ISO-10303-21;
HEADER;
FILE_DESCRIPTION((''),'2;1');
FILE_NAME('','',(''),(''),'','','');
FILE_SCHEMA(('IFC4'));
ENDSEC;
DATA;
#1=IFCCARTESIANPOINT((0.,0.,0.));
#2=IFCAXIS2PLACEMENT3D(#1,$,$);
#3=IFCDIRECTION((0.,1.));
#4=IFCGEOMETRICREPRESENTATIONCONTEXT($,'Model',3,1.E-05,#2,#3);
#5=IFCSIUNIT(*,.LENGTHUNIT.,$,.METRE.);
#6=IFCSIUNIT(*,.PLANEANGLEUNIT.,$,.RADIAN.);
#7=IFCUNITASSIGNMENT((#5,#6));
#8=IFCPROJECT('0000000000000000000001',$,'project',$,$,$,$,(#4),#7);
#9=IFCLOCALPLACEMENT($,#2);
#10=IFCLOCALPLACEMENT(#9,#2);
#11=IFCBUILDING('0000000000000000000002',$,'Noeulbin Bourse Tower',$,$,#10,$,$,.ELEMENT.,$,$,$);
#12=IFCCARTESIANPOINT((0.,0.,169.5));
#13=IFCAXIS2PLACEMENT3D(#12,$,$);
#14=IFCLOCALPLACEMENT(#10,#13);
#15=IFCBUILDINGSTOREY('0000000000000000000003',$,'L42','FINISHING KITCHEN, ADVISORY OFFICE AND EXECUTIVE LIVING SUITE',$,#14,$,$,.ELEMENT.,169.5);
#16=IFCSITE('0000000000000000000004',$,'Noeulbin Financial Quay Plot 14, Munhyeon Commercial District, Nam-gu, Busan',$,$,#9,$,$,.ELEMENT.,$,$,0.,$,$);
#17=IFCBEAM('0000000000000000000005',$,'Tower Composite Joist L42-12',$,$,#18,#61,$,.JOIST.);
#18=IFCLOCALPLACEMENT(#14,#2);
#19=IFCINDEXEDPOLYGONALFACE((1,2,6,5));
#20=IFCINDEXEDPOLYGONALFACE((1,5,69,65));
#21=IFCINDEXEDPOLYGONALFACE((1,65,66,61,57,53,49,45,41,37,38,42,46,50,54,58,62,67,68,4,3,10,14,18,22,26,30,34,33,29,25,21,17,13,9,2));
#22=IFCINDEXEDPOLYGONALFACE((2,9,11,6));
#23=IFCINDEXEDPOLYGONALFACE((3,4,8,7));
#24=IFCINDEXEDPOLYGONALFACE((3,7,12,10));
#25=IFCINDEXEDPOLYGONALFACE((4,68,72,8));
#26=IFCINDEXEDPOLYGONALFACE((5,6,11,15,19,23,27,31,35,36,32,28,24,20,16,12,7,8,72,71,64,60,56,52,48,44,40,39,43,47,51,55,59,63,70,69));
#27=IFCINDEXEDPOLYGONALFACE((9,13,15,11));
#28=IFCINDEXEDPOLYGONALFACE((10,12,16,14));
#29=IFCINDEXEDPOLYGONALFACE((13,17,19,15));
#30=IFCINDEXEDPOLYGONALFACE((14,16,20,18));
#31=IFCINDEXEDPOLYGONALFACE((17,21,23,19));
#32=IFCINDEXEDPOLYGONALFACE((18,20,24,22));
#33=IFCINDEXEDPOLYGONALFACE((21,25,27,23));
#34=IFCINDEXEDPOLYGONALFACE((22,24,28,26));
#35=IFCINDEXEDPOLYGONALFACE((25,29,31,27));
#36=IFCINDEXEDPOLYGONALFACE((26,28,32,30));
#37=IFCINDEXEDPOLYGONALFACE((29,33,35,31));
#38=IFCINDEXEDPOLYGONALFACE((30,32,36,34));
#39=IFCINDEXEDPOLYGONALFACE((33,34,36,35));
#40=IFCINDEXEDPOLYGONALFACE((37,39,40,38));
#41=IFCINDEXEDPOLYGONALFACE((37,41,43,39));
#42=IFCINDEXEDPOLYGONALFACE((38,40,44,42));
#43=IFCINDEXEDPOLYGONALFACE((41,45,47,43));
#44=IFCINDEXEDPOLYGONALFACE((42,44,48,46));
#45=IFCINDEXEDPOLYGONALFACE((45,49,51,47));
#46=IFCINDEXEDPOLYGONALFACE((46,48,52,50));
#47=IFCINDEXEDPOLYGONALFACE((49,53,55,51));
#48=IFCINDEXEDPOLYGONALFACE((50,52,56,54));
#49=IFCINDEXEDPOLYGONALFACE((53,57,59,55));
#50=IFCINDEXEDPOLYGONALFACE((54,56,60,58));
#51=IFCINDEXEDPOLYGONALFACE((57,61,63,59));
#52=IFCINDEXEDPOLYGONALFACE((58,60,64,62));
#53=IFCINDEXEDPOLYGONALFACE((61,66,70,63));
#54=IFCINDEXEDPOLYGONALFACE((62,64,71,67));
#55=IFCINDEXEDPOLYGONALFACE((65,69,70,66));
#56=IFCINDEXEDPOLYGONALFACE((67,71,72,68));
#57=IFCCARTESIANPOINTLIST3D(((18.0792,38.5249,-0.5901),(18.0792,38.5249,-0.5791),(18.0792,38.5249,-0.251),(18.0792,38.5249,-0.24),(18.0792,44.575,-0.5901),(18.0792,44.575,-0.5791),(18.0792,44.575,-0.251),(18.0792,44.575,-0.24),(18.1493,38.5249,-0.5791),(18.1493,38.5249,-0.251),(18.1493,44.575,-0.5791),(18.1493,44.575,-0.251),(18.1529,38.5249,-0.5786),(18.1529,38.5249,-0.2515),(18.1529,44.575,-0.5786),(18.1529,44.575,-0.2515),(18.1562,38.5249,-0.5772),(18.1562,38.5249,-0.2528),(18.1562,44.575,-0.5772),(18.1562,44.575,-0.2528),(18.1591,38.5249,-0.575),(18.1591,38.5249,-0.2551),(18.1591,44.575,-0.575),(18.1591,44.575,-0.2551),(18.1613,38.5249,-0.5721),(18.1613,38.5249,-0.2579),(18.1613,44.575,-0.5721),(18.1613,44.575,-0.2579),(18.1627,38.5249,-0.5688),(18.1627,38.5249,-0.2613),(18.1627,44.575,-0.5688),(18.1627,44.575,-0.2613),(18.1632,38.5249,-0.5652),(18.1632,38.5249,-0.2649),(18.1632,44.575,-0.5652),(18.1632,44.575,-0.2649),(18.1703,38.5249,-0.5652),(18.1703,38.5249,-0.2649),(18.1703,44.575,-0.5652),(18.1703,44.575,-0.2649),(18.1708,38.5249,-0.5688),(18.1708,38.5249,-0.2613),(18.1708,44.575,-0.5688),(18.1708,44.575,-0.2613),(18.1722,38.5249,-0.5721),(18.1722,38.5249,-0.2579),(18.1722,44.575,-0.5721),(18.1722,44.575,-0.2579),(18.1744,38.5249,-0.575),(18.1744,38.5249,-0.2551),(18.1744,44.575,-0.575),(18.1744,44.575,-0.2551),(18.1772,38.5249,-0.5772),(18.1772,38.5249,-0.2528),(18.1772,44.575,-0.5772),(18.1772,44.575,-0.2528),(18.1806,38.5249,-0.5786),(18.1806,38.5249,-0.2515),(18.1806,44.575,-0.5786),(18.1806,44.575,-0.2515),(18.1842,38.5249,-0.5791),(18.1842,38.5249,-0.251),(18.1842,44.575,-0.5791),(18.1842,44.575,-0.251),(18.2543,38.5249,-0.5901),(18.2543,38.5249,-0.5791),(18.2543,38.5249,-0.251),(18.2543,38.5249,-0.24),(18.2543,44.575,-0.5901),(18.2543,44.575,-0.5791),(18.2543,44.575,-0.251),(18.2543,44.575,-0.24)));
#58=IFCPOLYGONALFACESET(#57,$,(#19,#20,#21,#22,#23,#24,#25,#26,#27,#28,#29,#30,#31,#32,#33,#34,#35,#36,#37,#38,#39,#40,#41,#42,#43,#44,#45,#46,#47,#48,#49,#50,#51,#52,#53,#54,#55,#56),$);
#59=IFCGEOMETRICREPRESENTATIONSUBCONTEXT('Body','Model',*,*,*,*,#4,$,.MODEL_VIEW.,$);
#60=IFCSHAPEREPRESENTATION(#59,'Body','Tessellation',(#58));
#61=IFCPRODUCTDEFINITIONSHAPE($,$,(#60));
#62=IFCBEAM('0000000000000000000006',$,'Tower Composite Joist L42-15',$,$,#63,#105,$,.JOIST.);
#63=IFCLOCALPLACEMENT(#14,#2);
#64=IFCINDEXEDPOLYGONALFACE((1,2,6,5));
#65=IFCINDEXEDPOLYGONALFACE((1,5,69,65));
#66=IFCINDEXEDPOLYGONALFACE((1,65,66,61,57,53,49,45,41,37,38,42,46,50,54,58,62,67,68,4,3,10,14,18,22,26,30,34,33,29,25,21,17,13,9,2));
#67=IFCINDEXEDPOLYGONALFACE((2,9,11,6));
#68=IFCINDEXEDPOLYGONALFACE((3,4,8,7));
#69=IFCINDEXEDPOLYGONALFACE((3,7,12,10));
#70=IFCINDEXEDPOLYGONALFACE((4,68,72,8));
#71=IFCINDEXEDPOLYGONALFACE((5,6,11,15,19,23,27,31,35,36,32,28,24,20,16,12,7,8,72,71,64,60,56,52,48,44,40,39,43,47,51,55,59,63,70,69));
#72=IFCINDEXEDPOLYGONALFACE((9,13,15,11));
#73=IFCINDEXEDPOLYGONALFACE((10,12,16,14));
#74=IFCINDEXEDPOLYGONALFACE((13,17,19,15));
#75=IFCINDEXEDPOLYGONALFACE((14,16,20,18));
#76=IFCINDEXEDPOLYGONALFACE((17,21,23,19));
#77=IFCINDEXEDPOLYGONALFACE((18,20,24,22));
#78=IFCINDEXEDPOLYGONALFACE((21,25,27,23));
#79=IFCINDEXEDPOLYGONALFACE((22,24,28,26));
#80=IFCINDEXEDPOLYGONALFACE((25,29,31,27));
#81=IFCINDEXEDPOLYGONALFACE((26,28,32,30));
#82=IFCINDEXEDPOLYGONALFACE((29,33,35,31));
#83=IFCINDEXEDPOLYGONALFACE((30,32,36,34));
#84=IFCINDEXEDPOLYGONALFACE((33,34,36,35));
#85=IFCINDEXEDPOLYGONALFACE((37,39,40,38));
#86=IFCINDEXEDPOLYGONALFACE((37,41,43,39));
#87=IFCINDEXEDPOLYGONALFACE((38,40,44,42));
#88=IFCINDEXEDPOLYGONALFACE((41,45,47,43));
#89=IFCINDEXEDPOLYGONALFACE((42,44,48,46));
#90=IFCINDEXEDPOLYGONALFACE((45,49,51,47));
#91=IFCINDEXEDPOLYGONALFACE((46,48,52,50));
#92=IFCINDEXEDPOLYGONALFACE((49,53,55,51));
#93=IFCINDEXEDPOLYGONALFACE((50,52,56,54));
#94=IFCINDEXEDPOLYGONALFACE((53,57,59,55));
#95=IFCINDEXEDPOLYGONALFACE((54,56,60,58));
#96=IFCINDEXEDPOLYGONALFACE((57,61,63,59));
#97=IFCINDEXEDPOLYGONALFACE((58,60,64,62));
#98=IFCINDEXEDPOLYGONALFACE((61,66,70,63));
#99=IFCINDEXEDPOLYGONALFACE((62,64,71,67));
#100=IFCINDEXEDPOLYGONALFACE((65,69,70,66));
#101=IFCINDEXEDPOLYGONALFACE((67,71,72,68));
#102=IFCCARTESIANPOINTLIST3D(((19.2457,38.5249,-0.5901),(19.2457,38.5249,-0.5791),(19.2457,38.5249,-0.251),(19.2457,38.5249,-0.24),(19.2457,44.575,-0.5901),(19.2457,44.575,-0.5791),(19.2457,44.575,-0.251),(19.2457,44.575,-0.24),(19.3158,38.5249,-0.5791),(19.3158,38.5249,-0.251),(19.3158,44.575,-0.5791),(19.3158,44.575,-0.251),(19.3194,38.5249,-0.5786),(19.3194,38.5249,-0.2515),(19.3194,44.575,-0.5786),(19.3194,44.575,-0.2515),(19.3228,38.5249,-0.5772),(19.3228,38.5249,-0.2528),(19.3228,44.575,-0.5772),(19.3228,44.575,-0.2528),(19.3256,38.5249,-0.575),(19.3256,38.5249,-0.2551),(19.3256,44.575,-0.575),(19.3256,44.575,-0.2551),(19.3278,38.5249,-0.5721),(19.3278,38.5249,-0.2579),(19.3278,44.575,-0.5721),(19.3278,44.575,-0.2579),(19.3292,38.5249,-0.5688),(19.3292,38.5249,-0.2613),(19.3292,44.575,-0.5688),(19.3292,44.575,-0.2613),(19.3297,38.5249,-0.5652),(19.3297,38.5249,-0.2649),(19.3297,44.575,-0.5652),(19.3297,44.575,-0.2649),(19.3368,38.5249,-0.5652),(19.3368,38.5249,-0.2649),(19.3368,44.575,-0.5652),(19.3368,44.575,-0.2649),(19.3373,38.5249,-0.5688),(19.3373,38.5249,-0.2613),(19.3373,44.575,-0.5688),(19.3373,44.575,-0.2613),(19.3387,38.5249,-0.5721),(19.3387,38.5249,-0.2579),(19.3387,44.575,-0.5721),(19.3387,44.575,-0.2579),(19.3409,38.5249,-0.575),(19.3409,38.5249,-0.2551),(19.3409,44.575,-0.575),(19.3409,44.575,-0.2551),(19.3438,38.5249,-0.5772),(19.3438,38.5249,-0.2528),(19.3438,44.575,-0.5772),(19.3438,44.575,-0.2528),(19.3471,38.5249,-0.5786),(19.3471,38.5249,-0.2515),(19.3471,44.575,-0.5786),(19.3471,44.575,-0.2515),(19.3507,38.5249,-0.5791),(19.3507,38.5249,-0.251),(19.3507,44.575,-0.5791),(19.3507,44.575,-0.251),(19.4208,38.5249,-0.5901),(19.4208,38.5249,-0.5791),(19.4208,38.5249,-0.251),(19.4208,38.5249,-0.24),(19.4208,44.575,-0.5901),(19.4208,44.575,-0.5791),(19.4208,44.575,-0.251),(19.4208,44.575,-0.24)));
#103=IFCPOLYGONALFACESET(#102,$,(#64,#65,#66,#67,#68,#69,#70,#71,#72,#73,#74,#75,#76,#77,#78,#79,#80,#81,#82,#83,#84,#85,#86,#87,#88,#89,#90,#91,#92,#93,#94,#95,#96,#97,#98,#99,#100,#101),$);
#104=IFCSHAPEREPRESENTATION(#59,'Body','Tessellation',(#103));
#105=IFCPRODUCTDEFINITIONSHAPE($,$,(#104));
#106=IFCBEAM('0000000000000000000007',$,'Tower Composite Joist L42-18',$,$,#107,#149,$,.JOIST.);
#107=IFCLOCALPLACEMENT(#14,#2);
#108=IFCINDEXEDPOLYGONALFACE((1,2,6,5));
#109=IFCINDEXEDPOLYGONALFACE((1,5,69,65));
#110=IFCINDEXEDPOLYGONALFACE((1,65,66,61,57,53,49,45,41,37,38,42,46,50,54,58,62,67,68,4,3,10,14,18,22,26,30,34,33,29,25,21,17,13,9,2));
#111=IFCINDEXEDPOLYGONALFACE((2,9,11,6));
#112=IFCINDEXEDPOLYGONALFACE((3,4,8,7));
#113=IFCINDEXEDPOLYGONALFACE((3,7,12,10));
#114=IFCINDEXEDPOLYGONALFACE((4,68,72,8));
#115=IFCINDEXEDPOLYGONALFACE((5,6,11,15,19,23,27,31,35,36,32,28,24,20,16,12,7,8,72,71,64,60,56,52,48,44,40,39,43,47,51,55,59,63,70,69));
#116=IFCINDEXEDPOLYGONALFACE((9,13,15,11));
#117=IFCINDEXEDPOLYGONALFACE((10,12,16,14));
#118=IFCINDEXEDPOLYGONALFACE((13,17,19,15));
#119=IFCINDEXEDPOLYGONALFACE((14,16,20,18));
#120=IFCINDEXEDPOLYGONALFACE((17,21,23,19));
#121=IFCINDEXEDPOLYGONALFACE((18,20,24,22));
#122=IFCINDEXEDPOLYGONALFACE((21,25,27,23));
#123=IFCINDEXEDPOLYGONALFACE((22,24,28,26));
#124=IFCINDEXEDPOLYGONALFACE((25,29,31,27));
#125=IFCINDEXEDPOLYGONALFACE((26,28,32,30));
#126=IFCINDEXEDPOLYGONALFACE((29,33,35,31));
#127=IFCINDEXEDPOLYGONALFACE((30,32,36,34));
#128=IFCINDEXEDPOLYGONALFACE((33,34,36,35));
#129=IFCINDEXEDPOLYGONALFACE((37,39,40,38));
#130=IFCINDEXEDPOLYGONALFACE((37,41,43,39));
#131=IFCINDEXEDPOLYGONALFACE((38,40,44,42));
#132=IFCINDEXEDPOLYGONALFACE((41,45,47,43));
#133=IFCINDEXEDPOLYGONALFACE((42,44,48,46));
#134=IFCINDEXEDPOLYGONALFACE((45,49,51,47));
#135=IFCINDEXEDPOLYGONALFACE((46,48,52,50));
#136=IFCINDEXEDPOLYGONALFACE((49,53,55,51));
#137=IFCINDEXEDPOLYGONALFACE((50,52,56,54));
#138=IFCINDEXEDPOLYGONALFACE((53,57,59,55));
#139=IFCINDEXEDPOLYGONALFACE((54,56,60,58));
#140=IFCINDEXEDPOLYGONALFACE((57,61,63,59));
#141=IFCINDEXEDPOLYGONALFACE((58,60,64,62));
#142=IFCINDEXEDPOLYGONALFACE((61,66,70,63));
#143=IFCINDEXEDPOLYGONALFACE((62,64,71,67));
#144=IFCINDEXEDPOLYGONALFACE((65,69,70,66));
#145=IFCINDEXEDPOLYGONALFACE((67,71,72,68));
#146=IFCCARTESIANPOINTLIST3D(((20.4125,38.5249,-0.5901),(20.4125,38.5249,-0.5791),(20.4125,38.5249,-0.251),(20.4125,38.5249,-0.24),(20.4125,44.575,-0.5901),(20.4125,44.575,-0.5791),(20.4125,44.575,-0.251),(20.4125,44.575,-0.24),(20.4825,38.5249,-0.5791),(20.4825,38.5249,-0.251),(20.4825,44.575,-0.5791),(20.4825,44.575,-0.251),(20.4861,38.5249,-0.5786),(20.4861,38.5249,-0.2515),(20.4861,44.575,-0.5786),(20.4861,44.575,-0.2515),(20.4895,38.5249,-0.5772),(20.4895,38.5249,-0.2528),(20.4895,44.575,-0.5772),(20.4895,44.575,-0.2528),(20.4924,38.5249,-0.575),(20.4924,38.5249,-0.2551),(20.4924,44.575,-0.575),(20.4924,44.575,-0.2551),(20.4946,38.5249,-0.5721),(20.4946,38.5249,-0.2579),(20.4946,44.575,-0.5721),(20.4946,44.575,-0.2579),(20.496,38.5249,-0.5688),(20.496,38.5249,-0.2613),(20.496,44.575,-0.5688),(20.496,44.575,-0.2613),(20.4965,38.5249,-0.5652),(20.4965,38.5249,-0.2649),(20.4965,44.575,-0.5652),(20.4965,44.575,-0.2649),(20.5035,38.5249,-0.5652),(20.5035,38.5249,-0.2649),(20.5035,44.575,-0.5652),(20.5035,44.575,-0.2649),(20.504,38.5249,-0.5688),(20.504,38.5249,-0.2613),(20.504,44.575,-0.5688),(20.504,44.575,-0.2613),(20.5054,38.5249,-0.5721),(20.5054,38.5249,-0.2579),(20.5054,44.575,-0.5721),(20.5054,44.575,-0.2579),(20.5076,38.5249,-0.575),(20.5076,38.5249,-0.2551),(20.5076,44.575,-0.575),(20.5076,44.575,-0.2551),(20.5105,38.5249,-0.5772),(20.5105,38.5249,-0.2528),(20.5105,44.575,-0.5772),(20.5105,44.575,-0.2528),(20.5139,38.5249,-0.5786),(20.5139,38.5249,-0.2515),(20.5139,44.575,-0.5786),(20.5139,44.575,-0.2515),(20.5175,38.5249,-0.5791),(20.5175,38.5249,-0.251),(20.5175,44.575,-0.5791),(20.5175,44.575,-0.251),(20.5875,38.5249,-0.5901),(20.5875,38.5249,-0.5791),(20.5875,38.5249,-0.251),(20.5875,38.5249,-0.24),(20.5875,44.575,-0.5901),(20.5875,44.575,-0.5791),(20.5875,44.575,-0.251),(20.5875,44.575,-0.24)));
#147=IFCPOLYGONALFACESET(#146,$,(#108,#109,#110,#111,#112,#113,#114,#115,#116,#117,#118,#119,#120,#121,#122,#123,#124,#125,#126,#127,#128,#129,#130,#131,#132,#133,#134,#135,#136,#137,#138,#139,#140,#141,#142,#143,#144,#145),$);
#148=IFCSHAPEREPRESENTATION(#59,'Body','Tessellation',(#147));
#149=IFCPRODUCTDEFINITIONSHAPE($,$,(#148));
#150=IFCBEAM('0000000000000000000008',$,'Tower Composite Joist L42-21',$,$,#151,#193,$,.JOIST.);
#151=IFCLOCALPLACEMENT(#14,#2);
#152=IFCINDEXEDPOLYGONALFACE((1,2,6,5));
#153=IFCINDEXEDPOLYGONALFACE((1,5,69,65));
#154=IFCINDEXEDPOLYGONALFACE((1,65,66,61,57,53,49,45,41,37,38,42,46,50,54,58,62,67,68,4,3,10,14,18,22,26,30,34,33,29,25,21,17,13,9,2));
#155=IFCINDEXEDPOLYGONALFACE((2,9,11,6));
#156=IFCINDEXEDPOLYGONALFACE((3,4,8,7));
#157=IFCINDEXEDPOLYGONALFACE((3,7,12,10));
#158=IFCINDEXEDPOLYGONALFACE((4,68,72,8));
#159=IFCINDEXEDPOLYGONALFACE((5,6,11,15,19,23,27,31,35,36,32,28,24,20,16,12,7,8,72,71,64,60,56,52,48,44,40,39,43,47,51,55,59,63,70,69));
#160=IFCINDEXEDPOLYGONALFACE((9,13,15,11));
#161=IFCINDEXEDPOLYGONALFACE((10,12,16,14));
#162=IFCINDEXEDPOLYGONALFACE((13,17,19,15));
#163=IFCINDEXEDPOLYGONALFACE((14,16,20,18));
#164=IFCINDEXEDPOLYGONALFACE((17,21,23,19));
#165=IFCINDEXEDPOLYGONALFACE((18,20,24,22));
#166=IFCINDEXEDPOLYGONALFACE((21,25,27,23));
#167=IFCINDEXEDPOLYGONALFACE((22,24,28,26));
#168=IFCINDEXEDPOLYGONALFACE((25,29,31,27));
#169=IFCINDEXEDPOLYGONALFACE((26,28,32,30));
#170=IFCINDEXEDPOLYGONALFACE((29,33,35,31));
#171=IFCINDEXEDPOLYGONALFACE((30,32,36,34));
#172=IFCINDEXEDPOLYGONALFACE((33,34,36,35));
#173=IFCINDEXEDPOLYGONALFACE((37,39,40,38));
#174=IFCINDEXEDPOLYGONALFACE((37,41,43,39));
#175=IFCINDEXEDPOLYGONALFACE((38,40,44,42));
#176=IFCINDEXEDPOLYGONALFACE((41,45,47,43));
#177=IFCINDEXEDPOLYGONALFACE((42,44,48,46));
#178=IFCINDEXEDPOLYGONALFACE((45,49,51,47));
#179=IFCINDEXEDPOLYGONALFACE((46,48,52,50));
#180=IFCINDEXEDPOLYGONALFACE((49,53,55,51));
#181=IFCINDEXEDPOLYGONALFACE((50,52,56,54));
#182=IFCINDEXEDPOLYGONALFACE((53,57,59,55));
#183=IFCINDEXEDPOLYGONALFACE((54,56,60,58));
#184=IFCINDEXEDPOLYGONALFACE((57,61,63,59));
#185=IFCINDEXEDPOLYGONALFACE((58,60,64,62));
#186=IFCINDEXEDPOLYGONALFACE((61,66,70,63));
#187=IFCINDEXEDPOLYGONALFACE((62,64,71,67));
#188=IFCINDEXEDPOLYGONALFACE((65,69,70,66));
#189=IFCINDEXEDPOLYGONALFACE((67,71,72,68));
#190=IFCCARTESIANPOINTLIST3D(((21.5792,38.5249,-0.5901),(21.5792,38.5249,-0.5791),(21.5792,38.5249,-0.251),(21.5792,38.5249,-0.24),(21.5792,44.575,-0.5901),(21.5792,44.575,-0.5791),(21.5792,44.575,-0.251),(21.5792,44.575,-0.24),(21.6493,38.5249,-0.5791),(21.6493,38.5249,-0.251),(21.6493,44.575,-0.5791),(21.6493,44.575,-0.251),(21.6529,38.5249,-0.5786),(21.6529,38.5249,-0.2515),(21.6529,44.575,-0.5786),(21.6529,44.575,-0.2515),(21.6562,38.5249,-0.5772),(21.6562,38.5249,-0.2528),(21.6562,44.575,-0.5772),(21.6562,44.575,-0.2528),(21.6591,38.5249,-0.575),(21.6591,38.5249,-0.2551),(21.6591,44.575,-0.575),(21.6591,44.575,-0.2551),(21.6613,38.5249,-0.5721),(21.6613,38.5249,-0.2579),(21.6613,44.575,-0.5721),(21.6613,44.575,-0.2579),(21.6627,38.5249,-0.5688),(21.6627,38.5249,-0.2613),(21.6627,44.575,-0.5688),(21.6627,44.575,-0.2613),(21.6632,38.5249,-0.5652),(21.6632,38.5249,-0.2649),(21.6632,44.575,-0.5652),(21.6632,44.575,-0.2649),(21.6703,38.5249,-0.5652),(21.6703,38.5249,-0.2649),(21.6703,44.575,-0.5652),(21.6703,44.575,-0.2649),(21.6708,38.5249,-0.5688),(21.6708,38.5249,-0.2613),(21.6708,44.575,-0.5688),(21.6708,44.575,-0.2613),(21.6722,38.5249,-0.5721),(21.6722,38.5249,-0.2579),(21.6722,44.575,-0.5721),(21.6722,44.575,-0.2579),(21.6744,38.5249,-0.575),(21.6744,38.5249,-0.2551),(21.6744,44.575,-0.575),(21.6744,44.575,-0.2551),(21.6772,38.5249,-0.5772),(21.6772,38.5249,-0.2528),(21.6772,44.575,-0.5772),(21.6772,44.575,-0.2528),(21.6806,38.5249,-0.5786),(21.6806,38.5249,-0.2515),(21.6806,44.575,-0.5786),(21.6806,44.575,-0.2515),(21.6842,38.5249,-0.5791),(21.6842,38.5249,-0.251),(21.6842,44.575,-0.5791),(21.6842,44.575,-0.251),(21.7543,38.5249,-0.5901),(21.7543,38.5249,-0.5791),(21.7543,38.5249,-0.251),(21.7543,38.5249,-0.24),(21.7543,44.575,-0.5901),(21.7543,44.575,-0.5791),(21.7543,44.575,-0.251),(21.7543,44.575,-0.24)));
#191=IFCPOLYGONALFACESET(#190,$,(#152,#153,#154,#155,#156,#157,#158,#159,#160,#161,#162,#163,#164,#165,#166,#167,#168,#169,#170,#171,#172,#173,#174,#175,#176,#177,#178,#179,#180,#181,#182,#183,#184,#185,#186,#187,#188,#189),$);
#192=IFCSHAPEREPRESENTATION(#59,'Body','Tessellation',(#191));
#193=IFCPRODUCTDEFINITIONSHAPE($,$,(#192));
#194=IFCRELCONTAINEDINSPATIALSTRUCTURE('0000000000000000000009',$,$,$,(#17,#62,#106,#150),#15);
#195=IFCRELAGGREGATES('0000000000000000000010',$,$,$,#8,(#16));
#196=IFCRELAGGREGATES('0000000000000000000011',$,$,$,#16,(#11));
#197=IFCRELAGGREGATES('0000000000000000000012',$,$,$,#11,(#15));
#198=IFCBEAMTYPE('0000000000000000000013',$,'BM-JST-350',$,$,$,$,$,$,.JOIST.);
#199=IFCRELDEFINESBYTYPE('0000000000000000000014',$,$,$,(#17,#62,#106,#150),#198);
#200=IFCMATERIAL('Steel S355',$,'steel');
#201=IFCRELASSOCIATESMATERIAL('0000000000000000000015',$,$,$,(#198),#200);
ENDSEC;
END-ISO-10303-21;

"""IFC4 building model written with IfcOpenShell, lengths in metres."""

from ifc_helpers import new_model, si_unit, direction, frame, origin, origin_2d, place, context, subcontext, project, spatial, i_section, extrude, material, material_profile, profile_set, type_object, element, save


model = new_model("IFC4")

# Units and contexts
model_context = context("Model", 3, precision=1e-05, world=origin(), true_north=direction((0.0, 1.0)))
body_context = subcontext(model_context, "Body", "Model", "MODEL_VIEW")
ifc_project = project(units=[si_unit("LENGTHUNIT", "METRE"), si_unit("PLANEANGLEUNIT", "RADIAN")], contexts=[model_context])

# Site, building, storey
site_placement = place(None, origin())
site = spatial("IfcSite", under=ifc_project, at=site_placement, Name="Noeulbin Financial Quay Plot 14, Munhyeon Commercial District, Nam-gu, Busan", CompositionType="ELEMENT", RefElevation=0.0)
building_placement = place(site_placement, origin())
building = spatial("IfcBuilding", under=site, at=building_placement, Name="Noeulbin Bourse Tower", CompositionType="ELEMENT")
storey_placement = place(building_placement, frame((0.0, 0.0, 169.5)))
storey = spatial("IfcBuildingStorey", under=building, at=storey_placement, Name="L42", Description="FINISHING KITCHEN, ADVISORY OFFICE AND EXECUTIVE LIVING SUITE", CompositionType="ELEMENT", Elevation=169.5)

# Shared definitions
ifc_material_1 = material(Name="Steel S355", Category="steel")

# Beams
ifc_material_profile_1 = material_profile(ifc_material_1, i_section(OverallWidth=0.175, OverallDepth=0.3501, WebThickness=0.0071, FlangeThickness=0.011, FilletRadius=0.0139, at=origin_2d()), Name="H-350x175x7x11", Category="LoadBearing")
ifc_profile_set_1 = profile_set([ifc_material_profile_1], Name="Steel S355")
beam_type_1 = type_object("IfcBeamType", Name="BM-JST-350", PredefinedType="JOIST", material=ifc_profile_set_1)
for number, where, z_axis, x_axis, name in (
    (1, (18.1667, 38.5249, -0.415), (0.0, 1.0, 0.0), (-1.0, 0.0, 0.0), "Tower Composite Joist L42-12"),
    (2, (19.3333, 38.5249, -0.415), (0.0, 1.0, 0.0), (-1.0, 0.0, 0.0), "Tower Composite Joist L42-15"),
    (3, (20.5, 38.5249, -0.415), (0.0, 1.0, 0.0), (-1.0, 0.0, 0.0), "Tower Composite Joist L42-18"),
    (4, (21.6667, 38.5249, -0.415), (0.0, 1.0, 0.0), (-1.0, 0.0, 0.0), "Tower Composite Joist L42-21"),
):
    element("IfcBeam", number, at=place(storey_placement, frame(where, z_axis=z_axis, x_axis=x_axis)), inside=storey, type_object=beam_type_1, Name=name, PredefinedType="JOIST", context=body_context, shape_type="SweptSolid", body=[
        extrude(i_section(OverallWidth=0.175, OverallDepth=0.3501, WebThickness=0.0071, FlangeThickness=0.011, FilletRadius=0.0139, at=origin_2d()), origin(), (0.0, 0.0, 1.0), 6.05),
    ])

save(model, "model.ifc")
